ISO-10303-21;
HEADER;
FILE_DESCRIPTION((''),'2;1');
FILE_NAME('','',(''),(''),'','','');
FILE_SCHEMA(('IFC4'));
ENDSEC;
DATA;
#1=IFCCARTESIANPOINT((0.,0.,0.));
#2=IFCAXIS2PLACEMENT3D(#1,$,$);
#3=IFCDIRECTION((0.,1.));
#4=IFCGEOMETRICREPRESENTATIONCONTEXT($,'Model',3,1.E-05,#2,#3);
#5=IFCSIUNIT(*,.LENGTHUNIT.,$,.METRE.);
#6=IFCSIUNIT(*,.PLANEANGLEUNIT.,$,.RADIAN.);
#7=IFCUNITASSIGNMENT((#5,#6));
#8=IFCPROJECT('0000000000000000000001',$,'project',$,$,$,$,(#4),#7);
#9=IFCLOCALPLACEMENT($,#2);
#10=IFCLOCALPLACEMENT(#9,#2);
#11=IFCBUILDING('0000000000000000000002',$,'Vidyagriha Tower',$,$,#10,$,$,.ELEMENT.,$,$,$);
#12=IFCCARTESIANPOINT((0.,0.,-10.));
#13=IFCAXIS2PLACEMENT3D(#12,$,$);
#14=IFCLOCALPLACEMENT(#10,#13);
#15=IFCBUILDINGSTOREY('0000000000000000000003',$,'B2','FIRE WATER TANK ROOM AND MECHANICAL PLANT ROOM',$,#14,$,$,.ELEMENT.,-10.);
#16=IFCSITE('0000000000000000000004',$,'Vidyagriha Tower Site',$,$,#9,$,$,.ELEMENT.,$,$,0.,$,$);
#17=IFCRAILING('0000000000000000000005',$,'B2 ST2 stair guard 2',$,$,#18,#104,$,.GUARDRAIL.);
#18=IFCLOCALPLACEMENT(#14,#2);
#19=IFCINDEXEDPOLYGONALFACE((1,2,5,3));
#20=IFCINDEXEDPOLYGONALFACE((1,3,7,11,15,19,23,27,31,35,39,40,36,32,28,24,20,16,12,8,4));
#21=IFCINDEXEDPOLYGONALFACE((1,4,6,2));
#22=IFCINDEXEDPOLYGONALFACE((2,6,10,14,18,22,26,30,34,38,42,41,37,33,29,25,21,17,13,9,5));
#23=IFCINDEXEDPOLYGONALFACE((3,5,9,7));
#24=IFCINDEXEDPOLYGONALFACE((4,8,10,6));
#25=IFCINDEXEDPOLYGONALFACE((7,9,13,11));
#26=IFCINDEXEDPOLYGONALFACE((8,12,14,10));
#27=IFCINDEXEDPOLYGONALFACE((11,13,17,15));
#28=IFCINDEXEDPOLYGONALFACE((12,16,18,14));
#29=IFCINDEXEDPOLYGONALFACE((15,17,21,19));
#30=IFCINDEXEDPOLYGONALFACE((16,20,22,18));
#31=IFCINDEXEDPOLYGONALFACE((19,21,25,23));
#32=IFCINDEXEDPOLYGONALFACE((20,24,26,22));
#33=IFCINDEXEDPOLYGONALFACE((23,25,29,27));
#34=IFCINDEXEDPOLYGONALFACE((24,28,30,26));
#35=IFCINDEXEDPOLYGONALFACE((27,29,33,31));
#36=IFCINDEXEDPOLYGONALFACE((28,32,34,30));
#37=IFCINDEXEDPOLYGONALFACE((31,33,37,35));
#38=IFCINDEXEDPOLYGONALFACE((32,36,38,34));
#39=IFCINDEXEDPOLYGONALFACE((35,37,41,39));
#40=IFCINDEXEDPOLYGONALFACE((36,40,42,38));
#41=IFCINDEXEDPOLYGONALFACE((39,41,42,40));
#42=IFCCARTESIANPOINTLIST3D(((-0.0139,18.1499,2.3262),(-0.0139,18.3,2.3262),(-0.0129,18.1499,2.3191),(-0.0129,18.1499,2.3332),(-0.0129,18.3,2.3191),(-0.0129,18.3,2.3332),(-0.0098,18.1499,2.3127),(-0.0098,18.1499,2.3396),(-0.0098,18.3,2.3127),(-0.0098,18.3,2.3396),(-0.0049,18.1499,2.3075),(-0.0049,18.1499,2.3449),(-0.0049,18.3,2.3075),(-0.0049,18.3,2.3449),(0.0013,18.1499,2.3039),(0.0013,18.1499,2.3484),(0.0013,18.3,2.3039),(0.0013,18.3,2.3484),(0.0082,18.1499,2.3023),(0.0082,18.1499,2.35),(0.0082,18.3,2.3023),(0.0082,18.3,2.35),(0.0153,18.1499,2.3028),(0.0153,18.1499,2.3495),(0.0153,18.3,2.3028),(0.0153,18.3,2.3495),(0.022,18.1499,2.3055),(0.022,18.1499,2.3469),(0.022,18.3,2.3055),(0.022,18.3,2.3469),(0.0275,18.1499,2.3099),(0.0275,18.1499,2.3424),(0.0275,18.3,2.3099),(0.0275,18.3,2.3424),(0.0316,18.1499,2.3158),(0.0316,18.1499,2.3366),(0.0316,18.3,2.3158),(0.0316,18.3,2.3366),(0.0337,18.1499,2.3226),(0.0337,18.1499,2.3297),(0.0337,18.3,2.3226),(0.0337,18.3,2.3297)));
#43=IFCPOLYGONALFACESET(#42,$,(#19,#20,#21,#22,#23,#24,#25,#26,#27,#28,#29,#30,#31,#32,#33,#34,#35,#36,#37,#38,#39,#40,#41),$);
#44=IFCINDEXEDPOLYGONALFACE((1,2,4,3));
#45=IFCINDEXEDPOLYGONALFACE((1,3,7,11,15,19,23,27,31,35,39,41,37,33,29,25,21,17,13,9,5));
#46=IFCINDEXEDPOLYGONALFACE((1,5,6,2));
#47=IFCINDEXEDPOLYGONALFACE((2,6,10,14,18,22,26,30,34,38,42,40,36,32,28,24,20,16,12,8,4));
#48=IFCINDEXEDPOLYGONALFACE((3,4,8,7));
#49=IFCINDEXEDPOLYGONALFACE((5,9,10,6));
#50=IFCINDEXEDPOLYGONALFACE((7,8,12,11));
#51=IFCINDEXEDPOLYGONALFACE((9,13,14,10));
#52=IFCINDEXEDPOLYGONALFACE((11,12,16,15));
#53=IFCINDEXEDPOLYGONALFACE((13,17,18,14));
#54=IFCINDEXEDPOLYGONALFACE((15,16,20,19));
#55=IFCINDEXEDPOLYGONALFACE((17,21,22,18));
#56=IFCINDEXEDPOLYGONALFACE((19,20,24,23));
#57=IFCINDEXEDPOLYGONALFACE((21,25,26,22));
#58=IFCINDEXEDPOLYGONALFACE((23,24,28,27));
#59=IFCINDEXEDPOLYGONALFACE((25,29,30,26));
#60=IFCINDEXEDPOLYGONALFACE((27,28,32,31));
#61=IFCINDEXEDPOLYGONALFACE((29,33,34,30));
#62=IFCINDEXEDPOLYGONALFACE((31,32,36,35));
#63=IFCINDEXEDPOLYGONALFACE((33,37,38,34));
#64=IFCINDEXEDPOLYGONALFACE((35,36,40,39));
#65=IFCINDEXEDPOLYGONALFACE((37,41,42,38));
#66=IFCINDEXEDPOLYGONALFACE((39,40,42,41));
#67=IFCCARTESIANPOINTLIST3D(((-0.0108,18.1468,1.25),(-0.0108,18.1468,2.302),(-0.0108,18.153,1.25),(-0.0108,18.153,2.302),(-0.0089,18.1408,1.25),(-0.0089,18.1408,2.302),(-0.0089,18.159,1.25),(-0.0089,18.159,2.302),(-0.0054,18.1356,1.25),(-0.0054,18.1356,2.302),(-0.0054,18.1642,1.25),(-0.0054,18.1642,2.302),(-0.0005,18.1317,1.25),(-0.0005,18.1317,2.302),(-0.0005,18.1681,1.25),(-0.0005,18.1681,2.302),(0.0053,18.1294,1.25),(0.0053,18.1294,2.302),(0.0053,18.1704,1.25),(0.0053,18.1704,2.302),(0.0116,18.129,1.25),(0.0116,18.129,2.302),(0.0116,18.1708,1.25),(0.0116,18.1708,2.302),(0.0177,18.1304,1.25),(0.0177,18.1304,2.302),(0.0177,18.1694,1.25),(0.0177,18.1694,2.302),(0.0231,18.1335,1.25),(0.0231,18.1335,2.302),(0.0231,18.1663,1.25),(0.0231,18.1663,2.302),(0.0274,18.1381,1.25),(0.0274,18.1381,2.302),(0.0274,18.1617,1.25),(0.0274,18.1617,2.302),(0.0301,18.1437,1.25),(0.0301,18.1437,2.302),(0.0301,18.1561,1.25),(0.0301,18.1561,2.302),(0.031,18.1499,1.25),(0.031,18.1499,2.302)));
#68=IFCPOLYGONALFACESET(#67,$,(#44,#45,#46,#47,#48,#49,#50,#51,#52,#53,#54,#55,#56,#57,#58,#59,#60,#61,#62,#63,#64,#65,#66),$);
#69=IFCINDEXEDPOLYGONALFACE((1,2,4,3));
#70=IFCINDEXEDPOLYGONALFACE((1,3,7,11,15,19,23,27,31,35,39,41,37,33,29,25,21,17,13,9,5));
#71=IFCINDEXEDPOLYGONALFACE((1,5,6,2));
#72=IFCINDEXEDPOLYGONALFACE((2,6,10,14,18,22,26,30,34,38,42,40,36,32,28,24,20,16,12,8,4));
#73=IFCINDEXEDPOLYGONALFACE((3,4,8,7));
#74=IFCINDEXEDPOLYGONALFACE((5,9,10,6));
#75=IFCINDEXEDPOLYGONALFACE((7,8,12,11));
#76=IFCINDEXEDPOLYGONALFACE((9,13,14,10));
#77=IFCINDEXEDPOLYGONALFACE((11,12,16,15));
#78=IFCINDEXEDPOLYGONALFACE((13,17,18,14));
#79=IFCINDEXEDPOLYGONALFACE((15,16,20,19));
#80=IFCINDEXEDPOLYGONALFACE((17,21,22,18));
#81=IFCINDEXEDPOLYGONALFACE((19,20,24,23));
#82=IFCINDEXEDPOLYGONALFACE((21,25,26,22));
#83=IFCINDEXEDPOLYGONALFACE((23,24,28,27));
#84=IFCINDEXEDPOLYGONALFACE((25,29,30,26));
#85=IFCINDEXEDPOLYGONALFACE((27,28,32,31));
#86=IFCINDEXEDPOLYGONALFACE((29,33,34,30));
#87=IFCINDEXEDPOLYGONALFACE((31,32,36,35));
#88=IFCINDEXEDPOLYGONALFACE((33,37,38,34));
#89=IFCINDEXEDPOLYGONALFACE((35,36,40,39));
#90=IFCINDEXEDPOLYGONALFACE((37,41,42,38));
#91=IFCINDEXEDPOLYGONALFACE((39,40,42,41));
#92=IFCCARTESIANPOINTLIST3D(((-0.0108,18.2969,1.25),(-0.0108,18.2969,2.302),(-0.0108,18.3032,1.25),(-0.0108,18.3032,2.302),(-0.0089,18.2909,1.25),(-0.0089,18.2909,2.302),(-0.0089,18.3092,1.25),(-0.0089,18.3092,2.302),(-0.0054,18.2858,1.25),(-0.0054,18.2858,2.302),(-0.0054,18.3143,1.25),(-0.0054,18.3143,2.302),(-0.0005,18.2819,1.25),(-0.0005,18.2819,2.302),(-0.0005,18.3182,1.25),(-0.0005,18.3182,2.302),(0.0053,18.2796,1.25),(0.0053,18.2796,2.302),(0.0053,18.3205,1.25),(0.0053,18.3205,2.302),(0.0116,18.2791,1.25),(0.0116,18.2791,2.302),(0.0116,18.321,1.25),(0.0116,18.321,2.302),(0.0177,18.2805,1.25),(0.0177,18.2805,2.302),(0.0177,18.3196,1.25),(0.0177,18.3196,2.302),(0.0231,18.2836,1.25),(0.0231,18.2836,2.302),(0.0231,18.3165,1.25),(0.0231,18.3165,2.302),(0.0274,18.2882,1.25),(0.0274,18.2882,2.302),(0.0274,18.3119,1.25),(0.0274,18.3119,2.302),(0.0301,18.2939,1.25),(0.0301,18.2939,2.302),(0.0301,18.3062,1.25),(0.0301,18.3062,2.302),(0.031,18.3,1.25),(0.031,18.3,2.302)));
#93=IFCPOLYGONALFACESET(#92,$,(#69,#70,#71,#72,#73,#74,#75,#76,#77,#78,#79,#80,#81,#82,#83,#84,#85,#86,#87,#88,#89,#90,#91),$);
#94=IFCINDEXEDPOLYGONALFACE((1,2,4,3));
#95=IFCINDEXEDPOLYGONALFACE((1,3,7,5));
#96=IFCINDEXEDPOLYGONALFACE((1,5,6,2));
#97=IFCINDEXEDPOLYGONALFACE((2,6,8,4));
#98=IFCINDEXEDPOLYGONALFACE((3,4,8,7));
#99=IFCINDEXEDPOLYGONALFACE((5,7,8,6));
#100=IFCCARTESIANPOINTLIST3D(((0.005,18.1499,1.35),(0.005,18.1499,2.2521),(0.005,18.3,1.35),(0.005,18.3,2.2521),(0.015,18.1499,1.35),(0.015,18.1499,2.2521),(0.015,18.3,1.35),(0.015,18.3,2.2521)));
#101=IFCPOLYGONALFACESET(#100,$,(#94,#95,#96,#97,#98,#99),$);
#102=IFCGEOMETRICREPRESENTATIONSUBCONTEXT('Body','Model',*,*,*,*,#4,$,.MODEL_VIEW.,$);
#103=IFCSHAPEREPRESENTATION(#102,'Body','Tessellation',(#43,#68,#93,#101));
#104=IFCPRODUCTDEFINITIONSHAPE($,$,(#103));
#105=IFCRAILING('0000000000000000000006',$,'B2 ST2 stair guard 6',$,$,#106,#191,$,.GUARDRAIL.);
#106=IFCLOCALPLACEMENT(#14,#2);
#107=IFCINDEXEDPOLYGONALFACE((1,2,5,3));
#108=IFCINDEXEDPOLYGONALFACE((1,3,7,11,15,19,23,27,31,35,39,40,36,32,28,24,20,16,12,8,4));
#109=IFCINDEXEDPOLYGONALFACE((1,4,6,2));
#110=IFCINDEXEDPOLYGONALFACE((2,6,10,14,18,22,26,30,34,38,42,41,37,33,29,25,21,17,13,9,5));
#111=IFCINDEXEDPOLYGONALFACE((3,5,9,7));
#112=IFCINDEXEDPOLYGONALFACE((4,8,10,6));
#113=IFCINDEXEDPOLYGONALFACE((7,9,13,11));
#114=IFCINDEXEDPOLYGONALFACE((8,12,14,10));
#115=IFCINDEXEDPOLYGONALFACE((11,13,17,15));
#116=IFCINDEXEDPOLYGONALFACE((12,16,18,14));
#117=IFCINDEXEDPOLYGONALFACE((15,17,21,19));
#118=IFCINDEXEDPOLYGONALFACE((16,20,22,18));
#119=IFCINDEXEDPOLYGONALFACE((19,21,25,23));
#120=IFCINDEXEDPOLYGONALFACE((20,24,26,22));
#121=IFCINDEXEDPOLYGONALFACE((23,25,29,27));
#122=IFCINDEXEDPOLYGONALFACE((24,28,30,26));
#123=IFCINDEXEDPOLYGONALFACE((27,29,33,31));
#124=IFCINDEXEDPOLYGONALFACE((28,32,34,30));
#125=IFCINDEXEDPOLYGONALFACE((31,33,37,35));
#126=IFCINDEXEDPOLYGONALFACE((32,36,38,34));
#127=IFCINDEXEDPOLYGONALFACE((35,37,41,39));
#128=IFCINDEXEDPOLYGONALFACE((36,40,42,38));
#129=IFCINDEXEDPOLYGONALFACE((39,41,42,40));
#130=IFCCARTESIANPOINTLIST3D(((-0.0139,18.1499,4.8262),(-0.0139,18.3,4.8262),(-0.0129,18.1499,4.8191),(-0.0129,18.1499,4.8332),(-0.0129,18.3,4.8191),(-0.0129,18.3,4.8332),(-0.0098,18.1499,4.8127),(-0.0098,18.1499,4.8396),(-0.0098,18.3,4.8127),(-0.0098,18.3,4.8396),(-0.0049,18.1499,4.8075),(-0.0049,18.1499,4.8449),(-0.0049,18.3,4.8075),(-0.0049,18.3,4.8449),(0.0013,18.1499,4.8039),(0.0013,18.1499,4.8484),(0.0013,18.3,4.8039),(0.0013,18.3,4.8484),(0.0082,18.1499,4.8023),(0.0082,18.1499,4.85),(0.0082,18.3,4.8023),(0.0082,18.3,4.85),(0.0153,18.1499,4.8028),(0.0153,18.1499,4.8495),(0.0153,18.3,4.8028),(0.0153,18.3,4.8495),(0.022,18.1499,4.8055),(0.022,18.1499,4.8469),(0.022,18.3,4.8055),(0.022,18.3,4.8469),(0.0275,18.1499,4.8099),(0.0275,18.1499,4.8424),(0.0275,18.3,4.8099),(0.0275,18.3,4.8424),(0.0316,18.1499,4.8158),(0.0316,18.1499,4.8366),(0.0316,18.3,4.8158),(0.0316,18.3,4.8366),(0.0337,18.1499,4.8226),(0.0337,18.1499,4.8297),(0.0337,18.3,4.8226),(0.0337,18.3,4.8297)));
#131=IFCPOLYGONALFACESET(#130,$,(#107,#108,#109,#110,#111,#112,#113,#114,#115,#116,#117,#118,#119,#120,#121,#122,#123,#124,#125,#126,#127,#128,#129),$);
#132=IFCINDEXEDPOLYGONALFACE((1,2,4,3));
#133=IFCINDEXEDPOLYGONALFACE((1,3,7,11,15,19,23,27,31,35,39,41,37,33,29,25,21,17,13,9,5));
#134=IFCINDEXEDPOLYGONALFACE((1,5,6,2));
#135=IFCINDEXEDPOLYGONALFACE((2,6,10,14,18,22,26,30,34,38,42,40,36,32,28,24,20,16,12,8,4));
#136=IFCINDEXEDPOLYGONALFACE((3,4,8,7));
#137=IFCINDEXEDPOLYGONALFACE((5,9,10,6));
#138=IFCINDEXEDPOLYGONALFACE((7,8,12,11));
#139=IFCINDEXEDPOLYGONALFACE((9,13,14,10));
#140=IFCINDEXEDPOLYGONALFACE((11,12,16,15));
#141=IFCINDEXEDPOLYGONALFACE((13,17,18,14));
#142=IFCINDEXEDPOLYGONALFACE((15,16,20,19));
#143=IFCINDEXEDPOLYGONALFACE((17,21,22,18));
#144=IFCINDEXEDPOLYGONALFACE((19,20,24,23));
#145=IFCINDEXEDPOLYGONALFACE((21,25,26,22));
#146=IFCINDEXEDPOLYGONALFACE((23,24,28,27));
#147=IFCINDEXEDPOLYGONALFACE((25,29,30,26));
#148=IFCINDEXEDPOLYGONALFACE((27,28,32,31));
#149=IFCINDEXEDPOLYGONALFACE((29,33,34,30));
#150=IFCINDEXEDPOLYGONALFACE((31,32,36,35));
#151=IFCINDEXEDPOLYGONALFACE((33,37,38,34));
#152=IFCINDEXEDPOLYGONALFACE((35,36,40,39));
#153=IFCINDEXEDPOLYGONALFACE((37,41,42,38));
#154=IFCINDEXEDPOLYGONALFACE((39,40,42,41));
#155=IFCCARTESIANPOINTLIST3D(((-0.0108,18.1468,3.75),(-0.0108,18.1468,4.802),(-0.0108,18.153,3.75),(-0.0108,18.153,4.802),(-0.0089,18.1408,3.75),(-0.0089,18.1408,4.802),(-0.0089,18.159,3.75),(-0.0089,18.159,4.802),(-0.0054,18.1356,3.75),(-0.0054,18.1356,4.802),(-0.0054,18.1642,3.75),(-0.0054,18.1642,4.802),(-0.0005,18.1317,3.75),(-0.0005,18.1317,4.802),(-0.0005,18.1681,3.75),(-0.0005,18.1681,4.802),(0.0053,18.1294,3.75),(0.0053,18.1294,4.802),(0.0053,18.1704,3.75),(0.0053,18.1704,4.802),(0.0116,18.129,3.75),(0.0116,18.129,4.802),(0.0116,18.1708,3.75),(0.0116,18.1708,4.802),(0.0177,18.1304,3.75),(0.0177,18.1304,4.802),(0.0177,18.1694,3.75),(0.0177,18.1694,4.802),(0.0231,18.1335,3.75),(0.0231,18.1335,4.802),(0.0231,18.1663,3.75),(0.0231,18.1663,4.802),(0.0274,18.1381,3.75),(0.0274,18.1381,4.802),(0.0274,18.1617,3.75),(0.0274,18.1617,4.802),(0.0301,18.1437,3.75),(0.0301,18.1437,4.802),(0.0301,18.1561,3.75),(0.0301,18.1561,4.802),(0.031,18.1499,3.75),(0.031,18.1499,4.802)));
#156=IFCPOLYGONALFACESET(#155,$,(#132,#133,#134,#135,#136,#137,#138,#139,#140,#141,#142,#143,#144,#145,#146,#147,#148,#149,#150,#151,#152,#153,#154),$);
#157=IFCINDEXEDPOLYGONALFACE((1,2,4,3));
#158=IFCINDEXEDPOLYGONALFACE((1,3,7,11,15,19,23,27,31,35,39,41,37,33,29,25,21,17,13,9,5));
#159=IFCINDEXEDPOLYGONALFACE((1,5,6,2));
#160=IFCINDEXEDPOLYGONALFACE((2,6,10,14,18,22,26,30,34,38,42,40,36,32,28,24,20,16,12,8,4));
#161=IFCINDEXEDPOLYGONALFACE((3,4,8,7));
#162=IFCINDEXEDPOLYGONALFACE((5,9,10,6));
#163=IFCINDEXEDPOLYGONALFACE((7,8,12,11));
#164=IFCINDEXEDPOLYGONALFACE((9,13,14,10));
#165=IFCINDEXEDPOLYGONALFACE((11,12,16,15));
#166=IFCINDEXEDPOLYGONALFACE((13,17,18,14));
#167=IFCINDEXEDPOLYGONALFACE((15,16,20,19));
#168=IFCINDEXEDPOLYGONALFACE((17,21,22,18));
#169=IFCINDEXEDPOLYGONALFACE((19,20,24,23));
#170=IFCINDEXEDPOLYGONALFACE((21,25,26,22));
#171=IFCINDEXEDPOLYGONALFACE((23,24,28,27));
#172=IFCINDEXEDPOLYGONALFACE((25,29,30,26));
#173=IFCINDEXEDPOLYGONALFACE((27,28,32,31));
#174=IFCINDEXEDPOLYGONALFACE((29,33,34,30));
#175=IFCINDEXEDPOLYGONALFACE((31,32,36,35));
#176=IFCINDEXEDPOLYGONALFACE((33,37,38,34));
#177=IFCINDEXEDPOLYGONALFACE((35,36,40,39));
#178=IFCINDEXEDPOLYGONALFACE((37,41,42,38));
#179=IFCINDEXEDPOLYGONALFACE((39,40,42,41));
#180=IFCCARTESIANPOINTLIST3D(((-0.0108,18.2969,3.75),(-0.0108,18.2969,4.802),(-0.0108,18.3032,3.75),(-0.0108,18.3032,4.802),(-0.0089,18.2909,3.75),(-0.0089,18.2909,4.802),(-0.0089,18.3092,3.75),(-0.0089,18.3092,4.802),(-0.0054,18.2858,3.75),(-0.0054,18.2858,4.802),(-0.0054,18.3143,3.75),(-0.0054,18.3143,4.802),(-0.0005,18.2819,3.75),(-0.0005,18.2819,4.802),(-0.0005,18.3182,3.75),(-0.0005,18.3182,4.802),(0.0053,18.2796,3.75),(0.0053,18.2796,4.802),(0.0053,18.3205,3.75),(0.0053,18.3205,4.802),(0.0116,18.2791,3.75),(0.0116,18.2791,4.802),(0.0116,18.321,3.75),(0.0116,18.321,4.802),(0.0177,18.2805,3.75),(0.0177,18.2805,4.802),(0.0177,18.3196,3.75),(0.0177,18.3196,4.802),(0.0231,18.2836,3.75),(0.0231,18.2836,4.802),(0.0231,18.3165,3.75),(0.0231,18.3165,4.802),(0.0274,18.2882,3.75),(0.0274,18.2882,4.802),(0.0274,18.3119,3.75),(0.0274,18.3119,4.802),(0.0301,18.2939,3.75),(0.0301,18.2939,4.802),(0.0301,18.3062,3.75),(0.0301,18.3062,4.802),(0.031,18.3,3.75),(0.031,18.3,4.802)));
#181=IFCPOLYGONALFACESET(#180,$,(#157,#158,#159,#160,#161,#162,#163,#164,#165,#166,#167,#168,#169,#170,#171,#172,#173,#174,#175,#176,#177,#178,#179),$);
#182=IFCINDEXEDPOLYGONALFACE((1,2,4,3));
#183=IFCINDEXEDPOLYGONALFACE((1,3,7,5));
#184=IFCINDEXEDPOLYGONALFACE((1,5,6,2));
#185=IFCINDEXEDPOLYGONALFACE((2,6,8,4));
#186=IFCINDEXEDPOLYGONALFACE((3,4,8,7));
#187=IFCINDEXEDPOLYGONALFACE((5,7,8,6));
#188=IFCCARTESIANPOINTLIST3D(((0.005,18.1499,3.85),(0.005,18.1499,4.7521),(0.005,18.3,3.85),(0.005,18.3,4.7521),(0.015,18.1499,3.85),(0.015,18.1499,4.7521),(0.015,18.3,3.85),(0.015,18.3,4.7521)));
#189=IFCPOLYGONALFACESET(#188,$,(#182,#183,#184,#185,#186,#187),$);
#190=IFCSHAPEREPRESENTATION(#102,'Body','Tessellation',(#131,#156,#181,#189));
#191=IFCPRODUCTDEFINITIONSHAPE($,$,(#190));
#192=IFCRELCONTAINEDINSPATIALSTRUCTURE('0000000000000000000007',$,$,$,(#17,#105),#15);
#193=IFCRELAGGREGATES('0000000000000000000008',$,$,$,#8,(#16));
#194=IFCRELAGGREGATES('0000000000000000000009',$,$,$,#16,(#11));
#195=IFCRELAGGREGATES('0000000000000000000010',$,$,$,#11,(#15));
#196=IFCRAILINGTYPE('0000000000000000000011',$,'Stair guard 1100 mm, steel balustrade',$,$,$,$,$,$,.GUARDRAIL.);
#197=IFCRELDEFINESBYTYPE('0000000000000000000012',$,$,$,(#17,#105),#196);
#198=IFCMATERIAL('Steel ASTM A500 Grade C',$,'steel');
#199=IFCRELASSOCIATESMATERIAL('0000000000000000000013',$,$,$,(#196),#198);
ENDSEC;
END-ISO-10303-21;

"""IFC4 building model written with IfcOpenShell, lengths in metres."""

from ifc_helpers import new_model, si_unit, direction, frame, origin, origin_2d, place, context, subcontext, project, spatial, rectangle, circle, extrude, material, type_object, element, save


model = new_model("IFC4")

# Units and contexts
model_context = context("Model", 3, precision=1e-05, world=origin(), true_north=direction((0.0, 1.0)))
body_context = subcontext(model_context, "Body", "Model", "MODEL_VIEW")
ifc_project = project(units=[si_unit("LENGTHUNIT", "METRE"), si_unit("PLANEANGLEUNIT", "RADIAN")], contexts=[model_context])

# Site, building, storey
site_placement = place(None, origin())
site = spatial("IfcSite", under=ifc_project, at=site_placement, Name="Vidyagriha Tower Site", CompositionType="ELEMENT", RefElevation=0.0)
building_placement = place(site_placement, origin())
building = spatial("IfcBuilding", under=site, at=building_placement, Name="Vidyagriha Tower", CompositionType="ELEMENT")
storey_placement = place(building_placement, frame((0.0, 0.0, -10.0)))
storey = spatial("IfcBuildingStorey", under=building, at=storey_placement, Name="B2", Description="FIRE WATER TANK ROOM AND MECHANICAL PLANT ROOM", CompositionType="ELEMENT", Elevation=-10.0)

# Railings
ifc_material_1 = material(Name="Steel ASTM A500 Grade C", Category="steel")
railing_type_1 = type_object("IfcRailingType", Name="Stair guard 1100 mm, steel balustrade", PredefinedType="GUARDRAIL", material=ifc_material_1)
for number, where, name in (
    (1, (0.01, 18.1499, 1.25), "B2 ST2 stair guard 2"),
    (2, (0.01, 18.1499, 3.75), "B2 ST2 stair guard 6"),
):
    element("IfcRailing", number, at=place(storey_placement, frame(where)), inside=storey, type_object=railing_type_1, Name=name, PredefinedType="GUARDRAIL", context=body_context, shape_type="SweptSolid", body=[
        extrude(circle(Radius=0.0239, at=origin_2d()), frame((0.0, 0.0, 1.0762), z_axis=(0.0, 1.0, 0.0), x_axis=(-1.0, 0.0, 0.0)), (0.0, 0.0, 1.0), 0.1501),
        extrude(circle(Radius=0.021, at=origin_2d()), origin(), (0.0, 0.0, 1.0), 1.052),
        extrude(circle(Radius=0.021, at=origin_2d()), frame((0.0, 0.1501, 0.0)), (0.0, 0.0, 1.0), 1.052),
        extrude(rectangle(XDim=0.01, YDim=0.9021, at=origin_2d()), frame((0.0, 0.0, 0.551), z_axis=(0.0, 1.0, 0.0), x_axis=(-1.0, 0.0, 0.0)), (0.0, 0.0, 1.0), 0.1501),
    ])

save(model, "model.ifc")
